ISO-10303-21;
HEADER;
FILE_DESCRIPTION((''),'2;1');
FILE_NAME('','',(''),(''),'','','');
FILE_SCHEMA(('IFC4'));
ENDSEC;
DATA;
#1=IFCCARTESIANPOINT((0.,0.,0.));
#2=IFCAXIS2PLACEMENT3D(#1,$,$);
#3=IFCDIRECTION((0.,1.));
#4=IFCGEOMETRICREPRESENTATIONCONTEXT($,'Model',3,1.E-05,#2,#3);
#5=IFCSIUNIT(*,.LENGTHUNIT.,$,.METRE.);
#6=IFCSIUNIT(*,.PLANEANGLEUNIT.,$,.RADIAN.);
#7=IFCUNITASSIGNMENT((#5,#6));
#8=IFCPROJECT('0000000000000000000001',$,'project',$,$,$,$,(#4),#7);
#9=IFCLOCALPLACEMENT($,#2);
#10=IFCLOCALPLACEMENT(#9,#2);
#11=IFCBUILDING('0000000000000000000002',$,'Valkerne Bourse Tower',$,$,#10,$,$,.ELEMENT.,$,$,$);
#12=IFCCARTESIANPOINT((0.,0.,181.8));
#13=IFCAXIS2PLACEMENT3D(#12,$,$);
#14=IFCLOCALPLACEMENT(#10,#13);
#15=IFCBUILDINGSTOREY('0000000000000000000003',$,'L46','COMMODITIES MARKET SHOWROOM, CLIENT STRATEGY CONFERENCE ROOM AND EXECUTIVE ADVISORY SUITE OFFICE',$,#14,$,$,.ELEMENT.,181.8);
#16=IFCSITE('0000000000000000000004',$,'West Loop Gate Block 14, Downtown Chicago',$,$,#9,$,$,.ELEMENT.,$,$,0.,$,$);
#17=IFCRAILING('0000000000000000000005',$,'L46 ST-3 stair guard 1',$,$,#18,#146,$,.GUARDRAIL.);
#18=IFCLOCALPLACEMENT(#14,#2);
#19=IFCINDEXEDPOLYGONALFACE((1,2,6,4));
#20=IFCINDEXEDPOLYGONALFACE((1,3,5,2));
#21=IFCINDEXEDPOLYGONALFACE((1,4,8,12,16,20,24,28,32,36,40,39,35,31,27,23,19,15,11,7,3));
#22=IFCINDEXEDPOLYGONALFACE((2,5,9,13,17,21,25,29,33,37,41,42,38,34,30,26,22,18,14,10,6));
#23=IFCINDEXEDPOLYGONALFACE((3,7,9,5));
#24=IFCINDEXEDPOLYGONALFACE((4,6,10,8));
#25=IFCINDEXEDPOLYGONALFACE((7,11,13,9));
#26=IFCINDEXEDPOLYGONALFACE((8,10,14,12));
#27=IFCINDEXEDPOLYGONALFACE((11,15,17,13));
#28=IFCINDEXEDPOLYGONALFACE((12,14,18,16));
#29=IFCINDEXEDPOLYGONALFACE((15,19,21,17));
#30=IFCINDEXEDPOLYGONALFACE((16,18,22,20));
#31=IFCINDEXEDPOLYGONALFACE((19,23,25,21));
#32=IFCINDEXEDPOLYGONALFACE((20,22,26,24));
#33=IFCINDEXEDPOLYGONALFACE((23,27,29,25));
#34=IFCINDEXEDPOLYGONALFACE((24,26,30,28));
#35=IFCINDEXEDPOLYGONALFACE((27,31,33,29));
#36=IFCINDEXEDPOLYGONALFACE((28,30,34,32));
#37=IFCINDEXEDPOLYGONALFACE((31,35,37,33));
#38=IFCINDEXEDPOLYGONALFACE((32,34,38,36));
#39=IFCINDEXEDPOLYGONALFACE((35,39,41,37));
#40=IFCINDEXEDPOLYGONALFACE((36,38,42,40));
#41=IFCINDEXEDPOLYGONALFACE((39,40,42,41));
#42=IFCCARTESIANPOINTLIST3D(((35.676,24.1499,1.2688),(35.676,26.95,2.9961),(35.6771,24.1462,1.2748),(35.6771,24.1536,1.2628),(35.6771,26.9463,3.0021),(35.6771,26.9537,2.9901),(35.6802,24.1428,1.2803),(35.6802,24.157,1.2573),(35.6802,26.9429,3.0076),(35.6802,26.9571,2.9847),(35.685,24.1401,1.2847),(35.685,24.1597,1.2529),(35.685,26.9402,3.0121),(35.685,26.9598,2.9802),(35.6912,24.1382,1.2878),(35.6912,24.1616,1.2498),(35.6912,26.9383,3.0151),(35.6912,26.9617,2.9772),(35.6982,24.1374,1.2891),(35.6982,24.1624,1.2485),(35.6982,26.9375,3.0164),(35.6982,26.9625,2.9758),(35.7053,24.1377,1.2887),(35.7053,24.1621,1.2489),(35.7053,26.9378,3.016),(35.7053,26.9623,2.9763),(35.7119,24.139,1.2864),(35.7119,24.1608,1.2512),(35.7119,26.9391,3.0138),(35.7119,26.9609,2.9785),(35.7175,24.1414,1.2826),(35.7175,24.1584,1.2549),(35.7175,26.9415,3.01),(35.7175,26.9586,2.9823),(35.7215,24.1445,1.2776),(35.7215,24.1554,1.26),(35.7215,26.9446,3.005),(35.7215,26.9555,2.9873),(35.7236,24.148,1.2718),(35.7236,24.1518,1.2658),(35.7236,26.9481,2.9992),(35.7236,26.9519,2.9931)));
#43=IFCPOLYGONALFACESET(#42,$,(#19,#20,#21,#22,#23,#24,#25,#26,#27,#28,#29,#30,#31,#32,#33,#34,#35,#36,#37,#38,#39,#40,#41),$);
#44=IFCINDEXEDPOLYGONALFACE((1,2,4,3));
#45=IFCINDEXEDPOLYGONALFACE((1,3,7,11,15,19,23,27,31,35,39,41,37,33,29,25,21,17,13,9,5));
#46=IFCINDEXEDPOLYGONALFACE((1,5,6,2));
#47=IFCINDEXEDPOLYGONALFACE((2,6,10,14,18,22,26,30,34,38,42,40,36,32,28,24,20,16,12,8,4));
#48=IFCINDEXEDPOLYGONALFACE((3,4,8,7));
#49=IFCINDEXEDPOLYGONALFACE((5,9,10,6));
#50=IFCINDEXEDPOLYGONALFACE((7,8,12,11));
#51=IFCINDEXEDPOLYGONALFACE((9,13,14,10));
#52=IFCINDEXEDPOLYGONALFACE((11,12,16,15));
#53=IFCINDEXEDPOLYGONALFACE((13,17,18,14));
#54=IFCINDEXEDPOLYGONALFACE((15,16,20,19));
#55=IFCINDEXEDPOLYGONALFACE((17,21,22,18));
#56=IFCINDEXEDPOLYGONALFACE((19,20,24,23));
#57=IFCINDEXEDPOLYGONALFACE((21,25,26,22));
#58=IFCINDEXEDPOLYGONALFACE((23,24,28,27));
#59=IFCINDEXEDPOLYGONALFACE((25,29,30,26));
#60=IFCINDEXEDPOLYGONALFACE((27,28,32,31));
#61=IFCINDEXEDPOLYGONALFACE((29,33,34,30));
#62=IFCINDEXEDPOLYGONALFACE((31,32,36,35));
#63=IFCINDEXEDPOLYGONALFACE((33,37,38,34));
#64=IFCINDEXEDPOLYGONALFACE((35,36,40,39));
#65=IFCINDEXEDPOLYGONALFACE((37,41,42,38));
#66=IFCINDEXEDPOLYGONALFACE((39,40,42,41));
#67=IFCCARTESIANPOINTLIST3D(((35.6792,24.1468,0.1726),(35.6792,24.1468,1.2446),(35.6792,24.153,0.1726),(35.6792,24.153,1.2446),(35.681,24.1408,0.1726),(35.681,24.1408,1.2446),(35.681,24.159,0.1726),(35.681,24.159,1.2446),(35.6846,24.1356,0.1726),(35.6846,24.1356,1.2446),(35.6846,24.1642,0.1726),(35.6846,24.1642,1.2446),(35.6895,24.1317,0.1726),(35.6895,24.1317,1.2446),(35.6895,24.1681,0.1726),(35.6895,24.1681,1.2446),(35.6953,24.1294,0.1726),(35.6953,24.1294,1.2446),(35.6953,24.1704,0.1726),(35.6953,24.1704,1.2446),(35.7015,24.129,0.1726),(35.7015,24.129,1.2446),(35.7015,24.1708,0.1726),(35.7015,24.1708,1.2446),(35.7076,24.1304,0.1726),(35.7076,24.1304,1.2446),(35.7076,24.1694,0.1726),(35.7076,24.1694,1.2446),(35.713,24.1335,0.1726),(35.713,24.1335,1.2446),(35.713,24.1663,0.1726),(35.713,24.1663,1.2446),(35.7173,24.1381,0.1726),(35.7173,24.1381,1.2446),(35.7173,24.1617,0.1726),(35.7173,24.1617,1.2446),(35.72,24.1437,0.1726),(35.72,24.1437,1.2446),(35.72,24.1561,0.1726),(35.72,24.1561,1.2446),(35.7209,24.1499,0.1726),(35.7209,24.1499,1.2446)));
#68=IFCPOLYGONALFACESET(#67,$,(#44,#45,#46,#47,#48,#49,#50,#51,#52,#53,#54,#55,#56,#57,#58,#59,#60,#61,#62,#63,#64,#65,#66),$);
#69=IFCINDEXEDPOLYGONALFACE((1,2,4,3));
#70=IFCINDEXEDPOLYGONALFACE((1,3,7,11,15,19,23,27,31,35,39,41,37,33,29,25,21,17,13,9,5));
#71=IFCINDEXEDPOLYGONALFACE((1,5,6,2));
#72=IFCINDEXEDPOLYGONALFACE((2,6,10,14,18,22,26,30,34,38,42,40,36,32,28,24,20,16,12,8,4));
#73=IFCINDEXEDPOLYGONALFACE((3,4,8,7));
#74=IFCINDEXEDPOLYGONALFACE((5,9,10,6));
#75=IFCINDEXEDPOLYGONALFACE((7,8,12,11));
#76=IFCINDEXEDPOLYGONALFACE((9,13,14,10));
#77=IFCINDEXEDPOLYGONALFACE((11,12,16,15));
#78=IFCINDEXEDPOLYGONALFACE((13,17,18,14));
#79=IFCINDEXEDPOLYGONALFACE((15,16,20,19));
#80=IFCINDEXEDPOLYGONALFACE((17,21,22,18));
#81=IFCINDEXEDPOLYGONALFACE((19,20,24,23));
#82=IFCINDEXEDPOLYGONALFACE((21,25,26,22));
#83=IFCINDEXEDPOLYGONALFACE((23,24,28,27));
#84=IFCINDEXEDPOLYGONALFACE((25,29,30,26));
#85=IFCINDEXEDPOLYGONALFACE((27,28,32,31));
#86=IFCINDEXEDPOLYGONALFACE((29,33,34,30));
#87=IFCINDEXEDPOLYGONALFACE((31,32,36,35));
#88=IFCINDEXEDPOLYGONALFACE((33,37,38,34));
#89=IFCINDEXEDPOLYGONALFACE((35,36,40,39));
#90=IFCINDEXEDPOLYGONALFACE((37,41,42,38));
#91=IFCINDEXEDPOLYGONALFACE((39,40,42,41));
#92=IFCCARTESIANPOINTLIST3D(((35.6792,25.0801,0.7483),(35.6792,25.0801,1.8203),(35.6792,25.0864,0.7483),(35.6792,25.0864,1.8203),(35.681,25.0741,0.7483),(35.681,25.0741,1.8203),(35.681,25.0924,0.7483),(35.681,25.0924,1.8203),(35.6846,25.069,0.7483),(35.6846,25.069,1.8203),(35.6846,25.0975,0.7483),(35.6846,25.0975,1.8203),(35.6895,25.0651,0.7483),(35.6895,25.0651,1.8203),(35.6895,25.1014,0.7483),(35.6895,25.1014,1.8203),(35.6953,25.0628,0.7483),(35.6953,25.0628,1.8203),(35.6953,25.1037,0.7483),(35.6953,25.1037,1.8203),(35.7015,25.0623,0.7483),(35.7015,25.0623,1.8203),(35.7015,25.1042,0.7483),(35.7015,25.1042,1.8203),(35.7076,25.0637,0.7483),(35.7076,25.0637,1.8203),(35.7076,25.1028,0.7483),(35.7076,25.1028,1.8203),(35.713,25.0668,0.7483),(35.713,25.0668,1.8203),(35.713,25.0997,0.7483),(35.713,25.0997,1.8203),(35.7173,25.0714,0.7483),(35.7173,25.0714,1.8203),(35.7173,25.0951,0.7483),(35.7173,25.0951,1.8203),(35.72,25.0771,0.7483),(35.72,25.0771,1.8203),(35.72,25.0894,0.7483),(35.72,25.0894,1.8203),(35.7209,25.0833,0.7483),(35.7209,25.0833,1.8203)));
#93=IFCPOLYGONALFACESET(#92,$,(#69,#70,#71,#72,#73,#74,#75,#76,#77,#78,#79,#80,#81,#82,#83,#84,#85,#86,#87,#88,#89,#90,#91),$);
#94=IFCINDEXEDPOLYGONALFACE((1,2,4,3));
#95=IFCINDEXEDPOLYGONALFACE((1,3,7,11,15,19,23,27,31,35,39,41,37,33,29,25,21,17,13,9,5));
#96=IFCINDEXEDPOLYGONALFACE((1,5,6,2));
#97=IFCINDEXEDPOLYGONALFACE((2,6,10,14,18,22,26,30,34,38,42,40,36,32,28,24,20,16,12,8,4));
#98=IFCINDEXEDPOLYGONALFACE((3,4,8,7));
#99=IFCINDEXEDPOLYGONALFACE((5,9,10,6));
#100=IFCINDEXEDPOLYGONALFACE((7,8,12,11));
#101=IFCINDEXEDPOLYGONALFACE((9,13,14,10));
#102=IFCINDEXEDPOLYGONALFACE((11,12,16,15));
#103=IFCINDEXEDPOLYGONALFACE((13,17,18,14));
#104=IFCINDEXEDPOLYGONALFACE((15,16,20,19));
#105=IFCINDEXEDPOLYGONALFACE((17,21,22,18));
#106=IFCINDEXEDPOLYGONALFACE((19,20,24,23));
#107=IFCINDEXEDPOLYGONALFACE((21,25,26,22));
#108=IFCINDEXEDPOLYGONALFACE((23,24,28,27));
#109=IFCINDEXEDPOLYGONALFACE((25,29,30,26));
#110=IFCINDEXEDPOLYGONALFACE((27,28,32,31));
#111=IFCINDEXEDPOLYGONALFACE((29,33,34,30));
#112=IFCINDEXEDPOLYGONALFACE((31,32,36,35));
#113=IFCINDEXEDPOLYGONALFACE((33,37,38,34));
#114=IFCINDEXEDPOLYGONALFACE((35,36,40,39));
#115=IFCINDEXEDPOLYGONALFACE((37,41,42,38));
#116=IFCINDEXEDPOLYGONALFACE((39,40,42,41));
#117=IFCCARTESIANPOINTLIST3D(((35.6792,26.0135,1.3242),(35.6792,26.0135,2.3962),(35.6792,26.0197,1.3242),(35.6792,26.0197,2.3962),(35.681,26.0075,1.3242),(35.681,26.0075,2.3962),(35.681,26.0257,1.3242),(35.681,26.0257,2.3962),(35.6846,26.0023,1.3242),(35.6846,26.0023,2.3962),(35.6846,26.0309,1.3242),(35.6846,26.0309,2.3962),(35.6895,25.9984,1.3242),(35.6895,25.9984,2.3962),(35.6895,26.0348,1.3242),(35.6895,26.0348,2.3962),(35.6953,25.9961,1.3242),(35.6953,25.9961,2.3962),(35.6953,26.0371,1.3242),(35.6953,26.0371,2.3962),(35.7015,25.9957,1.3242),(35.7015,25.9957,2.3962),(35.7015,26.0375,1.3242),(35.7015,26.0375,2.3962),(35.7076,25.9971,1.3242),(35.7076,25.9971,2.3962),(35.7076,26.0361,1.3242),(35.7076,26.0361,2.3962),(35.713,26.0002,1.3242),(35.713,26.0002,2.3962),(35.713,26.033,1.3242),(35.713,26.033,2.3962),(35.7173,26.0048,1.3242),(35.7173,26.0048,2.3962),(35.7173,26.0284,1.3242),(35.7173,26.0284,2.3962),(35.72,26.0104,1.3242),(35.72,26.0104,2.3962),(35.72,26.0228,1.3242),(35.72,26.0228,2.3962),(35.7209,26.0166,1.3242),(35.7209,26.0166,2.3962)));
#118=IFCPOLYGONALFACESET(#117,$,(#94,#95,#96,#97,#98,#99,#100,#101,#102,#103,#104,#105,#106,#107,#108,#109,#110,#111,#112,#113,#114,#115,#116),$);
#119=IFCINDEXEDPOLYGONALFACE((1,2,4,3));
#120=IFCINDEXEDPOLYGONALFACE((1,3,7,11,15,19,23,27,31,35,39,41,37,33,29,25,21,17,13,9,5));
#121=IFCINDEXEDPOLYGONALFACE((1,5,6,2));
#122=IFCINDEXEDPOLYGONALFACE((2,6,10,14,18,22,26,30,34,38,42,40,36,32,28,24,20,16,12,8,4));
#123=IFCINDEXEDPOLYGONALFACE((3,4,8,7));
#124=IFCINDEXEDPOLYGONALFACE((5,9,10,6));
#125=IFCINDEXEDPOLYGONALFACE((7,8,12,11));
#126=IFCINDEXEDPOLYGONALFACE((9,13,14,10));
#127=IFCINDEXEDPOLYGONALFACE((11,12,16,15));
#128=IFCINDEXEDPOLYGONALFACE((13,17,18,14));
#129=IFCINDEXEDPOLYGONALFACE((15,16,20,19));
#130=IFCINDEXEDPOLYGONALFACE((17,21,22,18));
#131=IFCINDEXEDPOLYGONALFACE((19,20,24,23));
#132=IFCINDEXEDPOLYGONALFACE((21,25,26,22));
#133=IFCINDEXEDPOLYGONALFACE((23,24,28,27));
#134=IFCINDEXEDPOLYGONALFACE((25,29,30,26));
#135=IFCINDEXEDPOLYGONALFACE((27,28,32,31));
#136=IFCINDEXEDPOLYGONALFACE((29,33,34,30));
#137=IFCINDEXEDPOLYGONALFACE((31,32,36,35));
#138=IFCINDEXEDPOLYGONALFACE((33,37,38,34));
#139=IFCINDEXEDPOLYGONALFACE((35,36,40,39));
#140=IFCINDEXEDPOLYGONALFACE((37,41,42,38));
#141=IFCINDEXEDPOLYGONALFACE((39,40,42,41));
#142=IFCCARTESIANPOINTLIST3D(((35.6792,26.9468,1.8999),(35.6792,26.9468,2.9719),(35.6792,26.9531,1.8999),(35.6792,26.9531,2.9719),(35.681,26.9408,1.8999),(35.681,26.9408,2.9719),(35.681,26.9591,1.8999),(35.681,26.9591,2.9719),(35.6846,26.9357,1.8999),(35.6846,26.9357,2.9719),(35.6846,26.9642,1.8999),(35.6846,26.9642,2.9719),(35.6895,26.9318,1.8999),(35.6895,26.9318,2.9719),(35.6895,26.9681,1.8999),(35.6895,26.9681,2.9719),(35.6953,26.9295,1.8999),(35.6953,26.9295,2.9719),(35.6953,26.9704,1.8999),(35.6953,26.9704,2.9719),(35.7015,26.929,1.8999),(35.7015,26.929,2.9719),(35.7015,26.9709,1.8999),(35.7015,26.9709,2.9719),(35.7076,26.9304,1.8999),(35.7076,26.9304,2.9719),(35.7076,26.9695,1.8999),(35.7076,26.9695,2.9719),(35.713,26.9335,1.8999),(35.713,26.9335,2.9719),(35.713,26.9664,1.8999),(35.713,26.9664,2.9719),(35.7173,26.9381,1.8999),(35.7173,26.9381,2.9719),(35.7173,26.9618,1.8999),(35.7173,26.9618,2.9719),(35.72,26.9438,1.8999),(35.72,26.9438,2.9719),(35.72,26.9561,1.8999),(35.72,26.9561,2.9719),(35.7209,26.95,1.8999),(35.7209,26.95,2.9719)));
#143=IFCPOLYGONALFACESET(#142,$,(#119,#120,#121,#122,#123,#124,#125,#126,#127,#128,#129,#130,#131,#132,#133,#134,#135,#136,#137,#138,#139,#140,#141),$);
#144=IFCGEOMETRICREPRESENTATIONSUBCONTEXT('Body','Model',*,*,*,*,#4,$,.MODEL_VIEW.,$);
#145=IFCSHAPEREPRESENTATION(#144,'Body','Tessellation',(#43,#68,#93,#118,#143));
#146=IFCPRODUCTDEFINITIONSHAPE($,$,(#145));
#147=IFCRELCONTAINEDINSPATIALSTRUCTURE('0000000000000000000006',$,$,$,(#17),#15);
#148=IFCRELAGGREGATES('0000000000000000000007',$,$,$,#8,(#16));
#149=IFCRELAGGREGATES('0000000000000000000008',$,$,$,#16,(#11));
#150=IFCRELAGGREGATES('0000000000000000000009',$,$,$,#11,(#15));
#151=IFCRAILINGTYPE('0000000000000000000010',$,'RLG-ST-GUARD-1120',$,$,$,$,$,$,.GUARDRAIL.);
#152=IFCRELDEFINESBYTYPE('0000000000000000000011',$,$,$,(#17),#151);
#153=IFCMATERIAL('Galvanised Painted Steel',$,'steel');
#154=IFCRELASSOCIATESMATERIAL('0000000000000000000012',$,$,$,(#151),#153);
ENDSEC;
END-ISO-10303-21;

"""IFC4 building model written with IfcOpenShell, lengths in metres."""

from ifc_helpers import new_model, si_unit, direction, frame, origin, origin_2d, place, context, subcontext, project, spatial, circle, extrude, material, type_object, element, save


model = new_model("IFC4")

# Units and contexts
model_context = context("Model", 3, precision=1e-05, world=origin(), true_north=direction((0.0, 1.0)))
body_context = subcontext(model_context, "Body", "Model", "MODEL_VIEW")
ifc_project = project(units=[si_unit("LENGTHUNIT", "METRE"), si_unit("PLANEANGLEUNIT", "RADIAN")], contexts=[model_context])

# Site, building, storey
site_placement = place(None, origin())
site = spatial("IfcSite", under=ifc_project, at=site_placement, Name="West Loop Gate Block 14, Downtown Chicago", CompositionType="ELEMENT", RefElevation=0.0)
building_placement = place(site_placement, origin())
building = spatial("IfcBuilding", under=site, at=building_placement, Name="Valkerne Bourse Tower", CompositionType="ELEMENT")
storey_placement = place(building_placement, frame((0.0, 0.0, 181.8)))
storey = spatial("IfcBuildingStorey", under=building, at=storey_placement, Name="L46", Description="COMMODITIES MARKET SHOWROOM, CLIENT STRATEGY CONFERENCE ROOM AND EXECUTIVE ADVISORY SUITE OFFICE", CompositionType="ELEMENT", Elevation=181.8)

# Railing
ifc_material_1 = material(Name="Galvanised Painted Steel", Category="steel")
railing_type_1 = type_object("IfcRailingType", Name="RLG-ST-GUARD-1120", PredefinedType="GUARDRAIL", material=ifc_material_1)
railing_1_placement = place(storey_placement, frame((35.7, 24.1499, 0.1726)))
element("IfcRailing", 1, at=railing_1_placement, inside=storey, type_object=railing_type_1, Name="L46 ST-3 stair guard 1", PredefinedType="GUARDRAIL", context=body_context, shape_type="SweptSolid", body=[
    extrude(circle(Radius=0.0239, at=origin_2d()), frame((0.0, 0.0, 1.0962), z_axis=(0.0, 0.85109, 0.52502), x_axis=(-1.0, 0.0, 0.0)), (0.0, 0.0, 1.0), 3.29),
    extrude(circle(Radius=0.021, at=origin_2d()), origin(), (0.0, 0.0, 1.0), 1.072),
    extrude(circle(Radius=0.021, at=origin_2d()), frame((0.0, 0.9333, 0.5757)), (0.0, 0.0, 1.0), 1.072),
    extrude(circle(Radius=0.021, at=origin_2d()), frame((0.0, 1.8667, 1.1516)), (0.0, 0.0, 1.0), 1.072),
    extrude(circle(Radius=0.021, at=origin_2d()), frame((0.0, 2.8, 1.7273)), (0.0, 0.0, 1.0), 1.072),
])

save(model, "model.ifc")
